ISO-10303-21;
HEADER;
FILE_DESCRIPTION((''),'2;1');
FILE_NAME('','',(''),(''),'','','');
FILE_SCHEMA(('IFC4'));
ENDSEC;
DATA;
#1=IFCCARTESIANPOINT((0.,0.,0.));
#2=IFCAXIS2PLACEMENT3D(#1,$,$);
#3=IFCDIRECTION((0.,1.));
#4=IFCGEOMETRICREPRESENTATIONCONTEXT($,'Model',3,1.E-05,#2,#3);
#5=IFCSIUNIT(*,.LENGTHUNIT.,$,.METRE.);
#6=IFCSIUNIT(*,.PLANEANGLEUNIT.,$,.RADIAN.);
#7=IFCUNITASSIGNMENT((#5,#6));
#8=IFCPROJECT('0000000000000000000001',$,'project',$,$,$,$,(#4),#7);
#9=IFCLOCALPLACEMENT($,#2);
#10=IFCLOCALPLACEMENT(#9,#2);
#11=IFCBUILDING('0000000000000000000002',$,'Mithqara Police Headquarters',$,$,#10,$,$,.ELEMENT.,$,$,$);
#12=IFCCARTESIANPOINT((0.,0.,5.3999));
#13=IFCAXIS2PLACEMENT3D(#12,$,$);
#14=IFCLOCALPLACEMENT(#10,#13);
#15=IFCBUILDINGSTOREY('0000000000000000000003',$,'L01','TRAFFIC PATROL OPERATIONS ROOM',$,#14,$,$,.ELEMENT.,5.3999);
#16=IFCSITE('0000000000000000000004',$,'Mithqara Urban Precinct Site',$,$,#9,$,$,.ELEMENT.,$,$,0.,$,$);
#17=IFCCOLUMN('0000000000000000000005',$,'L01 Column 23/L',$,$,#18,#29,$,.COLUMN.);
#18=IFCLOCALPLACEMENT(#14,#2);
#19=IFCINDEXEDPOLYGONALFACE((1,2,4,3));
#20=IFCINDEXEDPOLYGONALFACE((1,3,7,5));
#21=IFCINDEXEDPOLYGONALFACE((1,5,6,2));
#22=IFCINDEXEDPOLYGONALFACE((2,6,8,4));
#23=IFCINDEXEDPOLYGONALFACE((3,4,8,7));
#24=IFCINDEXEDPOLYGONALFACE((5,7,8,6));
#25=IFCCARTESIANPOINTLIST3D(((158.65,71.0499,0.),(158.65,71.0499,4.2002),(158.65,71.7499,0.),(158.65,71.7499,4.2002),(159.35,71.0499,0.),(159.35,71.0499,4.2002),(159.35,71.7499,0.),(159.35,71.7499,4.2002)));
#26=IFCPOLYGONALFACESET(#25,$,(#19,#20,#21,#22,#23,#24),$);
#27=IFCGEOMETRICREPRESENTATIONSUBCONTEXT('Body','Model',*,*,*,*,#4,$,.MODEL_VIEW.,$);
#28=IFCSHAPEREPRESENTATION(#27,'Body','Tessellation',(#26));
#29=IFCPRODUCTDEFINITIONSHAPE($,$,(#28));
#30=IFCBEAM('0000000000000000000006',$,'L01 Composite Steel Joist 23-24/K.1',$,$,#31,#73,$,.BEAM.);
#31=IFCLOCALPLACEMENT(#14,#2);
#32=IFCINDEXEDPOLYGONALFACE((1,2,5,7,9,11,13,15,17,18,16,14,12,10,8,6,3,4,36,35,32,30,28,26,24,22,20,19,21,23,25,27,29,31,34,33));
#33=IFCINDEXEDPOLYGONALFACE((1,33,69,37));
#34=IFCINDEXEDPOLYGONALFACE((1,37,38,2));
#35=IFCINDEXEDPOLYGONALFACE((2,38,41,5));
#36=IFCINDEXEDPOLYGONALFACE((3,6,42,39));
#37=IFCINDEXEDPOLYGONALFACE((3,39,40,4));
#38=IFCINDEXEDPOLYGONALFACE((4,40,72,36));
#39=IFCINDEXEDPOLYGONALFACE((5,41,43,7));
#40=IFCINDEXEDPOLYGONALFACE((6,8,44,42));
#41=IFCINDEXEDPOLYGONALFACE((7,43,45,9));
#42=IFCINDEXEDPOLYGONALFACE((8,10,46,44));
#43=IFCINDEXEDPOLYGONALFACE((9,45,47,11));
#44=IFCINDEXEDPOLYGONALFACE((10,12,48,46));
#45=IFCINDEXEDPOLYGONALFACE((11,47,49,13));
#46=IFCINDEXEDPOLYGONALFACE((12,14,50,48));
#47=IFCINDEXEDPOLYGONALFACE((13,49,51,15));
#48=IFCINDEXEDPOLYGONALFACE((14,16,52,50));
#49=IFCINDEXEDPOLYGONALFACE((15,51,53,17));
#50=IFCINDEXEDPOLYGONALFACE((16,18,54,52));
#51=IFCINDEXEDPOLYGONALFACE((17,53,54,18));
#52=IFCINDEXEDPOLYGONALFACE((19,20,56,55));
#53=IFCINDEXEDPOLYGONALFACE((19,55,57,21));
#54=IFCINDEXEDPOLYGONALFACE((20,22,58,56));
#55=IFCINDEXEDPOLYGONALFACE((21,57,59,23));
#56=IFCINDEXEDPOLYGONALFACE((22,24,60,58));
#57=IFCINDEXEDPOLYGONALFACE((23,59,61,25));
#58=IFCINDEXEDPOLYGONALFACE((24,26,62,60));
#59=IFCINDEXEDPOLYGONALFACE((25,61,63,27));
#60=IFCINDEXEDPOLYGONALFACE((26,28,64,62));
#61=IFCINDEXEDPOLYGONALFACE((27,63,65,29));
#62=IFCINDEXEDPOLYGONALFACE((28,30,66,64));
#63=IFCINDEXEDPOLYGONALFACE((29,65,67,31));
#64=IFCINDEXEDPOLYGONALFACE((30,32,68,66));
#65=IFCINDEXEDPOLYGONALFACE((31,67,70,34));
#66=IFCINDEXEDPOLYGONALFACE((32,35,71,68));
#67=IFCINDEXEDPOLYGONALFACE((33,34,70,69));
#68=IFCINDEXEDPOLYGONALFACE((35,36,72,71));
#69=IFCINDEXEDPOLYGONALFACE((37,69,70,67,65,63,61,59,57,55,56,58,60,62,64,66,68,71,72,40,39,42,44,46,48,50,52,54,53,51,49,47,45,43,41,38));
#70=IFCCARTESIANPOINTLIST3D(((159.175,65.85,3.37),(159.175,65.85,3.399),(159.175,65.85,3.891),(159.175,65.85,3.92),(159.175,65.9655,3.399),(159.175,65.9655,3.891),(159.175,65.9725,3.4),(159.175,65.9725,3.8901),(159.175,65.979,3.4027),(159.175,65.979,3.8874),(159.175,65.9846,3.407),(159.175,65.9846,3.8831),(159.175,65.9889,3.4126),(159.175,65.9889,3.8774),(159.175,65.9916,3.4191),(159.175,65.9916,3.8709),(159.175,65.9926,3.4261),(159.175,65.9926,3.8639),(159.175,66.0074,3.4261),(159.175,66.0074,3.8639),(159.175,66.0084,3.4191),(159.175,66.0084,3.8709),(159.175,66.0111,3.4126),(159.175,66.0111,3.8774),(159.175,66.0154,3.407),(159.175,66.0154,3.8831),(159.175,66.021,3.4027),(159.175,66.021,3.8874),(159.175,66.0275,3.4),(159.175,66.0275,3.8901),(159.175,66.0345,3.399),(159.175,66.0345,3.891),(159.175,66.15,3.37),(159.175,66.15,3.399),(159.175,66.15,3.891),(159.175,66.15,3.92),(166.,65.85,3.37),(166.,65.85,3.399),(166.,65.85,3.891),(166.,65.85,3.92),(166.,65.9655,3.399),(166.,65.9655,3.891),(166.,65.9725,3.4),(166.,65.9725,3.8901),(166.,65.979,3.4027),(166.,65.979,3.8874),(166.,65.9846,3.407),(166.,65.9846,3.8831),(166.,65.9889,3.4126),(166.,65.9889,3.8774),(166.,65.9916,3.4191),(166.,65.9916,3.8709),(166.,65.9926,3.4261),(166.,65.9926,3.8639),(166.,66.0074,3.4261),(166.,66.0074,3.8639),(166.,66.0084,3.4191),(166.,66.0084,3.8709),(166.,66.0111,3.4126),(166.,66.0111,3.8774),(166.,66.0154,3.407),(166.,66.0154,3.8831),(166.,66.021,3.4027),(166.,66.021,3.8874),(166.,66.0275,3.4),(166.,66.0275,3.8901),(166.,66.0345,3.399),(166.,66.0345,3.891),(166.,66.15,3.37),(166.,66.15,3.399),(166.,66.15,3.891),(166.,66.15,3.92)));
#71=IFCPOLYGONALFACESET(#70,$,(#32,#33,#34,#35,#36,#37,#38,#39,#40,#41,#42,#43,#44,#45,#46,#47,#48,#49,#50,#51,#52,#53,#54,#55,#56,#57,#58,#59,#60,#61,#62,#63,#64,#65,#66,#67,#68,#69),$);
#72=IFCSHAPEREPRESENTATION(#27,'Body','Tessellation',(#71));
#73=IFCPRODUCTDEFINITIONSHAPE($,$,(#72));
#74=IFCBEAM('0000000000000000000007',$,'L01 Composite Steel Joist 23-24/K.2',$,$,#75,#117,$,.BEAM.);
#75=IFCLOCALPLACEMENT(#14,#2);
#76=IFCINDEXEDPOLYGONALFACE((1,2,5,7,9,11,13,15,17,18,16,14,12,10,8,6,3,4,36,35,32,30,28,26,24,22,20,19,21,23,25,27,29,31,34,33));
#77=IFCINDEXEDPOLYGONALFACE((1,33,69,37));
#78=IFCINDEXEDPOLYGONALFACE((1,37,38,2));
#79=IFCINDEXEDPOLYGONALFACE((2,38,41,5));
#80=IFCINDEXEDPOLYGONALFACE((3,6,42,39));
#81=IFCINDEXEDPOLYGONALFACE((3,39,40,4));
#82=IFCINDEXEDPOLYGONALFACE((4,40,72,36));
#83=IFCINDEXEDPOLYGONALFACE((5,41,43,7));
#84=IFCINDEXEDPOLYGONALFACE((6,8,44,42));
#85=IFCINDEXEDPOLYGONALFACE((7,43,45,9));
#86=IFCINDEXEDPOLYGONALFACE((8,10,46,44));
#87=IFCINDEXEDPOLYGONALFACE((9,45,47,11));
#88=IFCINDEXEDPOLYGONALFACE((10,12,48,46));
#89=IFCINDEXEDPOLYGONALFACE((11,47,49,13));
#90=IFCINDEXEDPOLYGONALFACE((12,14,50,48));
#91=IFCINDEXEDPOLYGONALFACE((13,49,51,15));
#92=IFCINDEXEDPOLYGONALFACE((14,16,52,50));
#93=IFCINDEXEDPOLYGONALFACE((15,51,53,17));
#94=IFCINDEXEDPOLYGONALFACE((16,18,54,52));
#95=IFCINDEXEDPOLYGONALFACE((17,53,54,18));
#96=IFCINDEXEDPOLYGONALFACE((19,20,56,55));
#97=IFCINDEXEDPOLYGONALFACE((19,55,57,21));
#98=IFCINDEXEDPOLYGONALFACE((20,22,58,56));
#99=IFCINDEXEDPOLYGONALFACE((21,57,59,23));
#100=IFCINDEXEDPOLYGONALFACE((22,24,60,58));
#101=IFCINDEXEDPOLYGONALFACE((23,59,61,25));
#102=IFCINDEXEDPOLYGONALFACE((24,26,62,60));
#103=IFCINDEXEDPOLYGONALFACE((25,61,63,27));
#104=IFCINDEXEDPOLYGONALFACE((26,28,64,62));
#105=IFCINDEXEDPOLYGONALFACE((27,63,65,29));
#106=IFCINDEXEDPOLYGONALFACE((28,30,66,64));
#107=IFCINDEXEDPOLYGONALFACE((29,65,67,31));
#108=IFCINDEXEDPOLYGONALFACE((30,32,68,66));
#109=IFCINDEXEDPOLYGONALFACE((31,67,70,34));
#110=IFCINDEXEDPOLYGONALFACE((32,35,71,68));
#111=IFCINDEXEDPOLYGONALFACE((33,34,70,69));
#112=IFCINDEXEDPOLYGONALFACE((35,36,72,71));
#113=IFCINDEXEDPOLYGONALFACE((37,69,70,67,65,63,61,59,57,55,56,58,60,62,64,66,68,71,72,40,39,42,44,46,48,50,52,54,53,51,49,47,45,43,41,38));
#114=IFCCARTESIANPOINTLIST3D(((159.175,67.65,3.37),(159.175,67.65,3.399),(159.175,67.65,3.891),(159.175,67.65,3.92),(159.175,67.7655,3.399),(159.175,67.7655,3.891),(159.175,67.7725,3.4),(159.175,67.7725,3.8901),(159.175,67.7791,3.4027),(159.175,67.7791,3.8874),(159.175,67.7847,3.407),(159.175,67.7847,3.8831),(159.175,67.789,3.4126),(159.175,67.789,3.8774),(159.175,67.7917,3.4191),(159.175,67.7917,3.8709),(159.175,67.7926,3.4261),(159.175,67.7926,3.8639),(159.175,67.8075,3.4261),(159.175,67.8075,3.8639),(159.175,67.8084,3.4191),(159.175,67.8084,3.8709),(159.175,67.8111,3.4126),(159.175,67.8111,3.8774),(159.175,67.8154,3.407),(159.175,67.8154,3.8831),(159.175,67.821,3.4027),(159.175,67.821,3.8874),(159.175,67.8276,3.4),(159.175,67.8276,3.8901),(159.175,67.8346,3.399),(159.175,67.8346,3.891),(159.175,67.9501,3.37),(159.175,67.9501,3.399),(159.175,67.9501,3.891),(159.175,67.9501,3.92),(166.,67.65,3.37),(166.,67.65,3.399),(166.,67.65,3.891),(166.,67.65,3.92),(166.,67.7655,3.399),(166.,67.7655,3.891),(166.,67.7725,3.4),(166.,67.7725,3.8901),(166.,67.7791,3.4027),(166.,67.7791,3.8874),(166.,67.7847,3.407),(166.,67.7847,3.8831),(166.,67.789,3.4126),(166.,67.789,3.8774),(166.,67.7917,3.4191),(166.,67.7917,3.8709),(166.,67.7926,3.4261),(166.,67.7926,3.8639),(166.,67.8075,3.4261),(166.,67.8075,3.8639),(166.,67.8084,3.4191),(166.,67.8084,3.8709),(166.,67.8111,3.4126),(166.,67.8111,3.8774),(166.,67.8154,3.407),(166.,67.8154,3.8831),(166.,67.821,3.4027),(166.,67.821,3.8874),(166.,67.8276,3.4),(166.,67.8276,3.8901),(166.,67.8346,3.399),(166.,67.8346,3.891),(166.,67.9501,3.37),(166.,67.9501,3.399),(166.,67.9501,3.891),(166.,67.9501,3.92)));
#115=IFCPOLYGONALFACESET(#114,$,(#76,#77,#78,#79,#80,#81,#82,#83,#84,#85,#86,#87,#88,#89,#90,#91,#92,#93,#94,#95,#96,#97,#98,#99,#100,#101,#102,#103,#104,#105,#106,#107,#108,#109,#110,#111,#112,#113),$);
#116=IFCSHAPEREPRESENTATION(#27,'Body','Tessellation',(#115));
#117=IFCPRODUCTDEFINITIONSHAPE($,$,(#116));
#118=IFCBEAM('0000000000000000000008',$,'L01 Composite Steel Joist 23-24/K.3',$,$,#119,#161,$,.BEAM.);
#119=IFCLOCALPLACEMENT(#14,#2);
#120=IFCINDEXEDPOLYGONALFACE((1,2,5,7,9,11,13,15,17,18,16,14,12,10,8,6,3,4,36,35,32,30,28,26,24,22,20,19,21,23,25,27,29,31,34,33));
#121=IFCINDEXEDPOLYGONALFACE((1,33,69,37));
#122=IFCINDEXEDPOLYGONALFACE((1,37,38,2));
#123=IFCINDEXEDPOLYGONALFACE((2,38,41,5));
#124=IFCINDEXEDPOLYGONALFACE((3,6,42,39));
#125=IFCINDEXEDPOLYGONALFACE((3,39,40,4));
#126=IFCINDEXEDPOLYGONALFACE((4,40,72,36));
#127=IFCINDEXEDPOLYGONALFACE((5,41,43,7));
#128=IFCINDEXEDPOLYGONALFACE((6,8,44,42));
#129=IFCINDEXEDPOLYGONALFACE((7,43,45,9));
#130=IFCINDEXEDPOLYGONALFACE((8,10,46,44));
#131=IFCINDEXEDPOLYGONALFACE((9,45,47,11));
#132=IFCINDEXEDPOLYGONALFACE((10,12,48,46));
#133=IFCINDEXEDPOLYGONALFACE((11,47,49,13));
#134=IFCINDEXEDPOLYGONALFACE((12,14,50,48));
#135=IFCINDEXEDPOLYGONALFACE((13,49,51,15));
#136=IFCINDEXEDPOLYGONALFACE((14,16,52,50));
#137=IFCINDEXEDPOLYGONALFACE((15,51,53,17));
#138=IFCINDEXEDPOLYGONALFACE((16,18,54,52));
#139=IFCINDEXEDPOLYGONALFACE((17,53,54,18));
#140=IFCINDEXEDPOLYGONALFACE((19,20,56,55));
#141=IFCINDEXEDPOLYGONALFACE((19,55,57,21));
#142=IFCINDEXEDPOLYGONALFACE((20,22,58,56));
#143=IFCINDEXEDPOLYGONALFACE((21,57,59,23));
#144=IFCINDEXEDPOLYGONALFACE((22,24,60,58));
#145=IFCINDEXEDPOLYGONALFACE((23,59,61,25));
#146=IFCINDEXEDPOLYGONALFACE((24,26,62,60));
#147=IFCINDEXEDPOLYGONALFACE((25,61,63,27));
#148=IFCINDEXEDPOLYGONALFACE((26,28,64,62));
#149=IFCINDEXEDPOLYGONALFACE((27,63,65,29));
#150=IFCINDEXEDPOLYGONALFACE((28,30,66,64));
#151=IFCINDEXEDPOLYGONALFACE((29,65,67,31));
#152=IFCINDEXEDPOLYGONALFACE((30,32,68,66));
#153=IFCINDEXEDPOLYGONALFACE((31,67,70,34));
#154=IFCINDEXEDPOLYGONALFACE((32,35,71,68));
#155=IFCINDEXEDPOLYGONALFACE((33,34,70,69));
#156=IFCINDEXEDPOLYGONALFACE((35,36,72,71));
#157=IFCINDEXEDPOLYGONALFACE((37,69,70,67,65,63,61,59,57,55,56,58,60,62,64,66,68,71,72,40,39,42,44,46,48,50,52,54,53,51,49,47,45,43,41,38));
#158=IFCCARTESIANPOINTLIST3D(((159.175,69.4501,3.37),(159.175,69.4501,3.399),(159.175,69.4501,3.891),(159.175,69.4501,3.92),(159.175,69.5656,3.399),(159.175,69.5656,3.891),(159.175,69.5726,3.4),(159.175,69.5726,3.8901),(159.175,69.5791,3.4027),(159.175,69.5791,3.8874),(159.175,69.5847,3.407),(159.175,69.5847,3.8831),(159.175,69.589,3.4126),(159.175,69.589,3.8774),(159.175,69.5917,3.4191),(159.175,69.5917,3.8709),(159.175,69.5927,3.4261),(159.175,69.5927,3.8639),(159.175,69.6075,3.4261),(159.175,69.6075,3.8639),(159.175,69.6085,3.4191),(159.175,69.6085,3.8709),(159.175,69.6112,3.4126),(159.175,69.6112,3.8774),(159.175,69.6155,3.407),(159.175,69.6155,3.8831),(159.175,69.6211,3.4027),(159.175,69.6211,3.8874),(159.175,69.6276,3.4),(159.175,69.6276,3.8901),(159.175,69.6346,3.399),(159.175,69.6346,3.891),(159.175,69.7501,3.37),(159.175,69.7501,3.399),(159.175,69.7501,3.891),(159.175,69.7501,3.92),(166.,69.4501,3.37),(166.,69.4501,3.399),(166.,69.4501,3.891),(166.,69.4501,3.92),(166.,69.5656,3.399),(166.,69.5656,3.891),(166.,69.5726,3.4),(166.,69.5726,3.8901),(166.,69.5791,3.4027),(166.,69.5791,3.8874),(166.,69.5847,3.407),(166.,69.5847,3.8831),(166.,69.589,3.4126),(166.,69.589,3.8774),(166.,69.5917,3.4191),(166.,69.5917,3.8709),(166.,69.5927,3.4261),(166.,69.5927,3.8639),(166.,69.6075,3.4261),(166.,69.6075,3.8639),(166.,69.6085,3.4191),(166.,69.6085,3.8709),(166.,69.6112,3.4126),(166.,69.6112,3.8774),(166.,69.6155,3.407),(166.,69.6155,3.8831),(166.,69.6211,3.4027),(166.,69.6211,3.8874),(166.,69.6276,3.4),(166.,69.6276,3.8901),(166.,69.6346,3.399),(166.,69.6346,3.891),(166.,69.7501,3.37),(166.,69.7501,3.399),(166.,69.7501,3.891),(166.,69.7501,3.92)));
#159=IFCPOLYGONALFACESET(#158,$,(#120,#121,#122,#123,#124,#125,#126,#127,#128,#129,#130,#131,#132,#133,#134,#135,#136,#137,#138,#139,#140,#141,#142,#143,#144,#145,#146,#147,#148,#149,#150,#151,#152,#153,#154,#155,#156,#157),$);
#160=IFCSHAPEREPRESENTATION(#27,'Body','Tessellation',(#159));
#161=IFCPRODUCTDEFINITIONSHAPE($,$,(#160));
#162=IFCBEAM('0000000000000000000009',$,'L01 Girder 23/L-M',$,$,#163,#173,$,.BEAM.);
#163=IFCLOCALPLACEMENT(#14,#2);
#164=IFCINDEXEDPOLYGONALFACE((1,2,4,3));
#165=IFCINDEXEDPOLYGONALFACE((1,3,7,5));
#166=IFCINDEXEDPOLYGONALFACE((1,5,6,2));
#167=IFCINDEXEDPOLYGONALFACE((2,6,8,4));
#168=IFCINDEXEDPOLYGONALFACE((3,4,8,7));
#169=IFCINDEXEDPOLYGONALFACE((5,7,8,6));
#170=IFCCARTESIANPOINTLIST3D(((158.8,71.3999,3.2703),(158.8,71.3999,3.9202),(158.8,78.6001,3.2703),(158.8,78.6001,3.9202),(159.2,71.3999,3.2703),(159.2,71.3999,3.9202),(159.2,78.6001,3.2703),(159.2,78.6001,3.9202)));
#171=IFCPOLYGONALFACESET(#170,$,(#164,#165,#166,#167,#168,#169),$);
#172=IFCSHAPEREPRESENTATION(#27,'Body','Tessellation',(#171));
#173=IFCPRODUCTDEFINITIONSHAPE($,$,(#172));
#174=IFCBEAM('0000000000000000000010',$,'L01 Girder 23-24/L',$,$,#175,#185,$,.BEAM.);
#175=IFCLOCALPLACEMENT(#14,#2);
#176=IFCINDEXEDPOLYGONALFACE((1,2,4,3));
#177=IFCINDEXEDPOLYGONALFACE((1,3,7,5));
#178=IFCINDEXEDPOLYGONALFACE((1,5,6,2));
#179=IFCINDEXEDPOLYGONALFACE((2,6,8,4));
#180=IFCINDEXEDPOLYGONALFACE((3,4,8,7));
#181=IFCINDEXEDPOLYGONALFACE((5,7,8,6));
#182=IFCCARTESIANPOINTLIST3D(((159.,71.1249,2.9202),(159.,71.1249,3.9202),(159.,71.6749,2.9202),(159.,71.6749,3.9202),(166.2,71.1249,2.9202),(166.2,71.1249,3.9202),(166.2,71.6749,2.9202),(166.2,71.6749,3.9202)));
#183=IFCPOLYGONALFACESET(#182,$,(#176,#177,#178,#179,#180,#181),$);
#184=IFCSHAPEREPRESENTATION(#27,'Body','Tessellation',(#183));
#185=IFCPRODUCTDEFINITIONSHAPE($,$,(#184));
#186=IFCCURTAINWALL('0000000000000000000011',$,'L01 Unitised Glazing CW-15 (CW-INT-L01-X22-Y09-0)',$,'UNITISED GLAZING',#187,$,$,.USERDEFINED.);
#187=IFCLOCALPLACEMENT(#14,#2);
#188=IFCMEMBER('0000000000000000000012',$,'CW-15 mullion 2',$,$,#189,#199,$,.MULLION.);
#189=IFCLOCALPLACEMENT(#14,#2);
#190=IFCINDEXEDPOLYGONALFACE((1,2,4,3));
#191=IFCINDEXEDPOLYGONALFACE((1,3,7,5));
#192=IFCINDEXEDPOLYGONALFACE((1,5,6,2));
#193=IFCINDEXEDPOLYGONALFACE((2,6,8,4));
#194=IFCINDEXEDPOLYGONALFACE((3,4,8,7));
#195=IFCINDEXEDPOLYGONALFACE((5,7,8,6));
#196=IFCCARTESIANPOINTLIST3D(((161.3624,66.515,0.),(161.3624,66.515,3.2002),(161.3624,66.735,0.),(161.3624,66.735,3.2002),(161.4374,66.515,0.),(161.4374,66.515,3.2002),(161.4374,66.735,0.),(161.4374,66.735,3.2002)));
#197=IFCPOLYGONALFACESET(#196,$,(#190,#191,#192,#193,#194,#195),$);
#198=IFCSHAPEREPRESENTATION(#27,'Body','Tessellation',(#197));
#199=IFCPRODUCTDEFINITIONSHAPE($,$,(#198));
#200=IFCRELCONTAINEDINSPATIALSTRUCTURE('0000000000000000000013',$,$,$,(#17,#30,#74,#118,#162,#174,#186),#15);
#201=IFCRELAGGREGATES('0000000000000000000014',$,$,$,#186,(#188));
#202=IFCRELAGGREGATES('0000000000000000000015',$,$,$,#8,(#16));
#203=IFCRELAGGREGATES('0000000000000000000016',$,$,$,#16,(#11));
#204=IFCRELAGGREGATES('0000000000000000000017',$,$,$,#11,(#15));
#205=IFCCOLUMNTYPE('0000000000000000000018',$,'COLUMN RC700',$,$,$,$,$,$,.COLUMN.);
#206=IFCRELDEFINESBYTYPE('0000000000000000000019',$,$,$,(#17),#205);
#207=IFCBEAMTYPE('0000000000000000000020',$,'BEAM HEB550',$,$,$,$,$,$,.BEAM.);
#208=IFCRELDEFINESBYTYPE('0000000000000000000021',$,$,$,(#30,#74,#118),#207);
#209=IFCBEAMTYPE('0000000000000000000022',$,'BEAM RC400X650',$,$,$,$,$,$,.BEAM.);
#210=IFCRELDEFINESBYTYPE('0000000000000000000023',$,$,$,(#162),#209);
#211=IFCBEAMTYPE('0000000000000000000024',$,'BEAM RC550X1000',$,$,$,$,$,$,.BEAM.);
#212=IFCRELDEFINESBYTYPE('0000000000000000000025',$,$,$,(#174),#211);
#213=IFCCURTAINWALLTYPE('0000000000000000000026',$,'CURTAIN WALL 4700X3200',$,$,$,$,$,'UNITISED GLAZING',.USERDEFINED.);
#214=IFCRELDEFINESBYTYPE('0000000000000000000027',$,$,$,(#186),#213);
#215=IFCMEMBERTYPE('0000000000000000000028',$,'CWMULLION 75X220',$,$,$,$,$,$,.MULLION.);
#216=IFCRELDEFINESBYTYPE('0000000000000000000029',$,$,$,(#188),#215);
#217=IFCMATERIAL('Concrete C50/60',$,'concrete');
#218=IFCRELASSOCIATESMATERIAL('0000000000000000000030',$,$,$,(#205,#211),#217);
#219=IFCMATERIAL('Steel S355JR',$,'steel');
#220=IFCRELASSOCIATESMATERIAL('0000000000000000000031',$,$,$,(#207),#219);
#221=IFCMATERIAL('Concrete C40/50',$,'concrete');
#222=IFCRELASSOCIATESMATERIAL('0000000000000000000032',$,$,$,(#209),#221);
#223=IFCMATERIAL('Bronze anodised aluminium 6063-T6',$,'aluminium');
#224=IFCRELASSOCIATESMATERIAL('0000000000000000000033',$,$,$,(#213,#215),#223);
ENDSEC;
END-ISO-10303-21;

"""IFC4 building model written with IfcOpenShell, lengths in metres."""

from ifc_helpers import new_model, si_unit, direction, frame, origin, origin_2d, place, context, subcontext, project, spatial, rectangle, i_section, extrude, material, material_profile, profile_set, type_object, element, aggregate, save


model = new_model("IFC4")

# Units and contexts
model_context = context("Model", 3, precision=1e-05, world=origin(), true_north=direction((0.0, 1.0)))
body_context = subcontext(model_context, "Body", "Model", "MODEL_VIEW")
ifc_project = project(units=[si_unit("LENGTHUNIT", "METRE"), si_unit("PLANEANGLEUNIT", "RADIAN")], contexts=[model_context])

# Site, building, storey
site_placement = place(None, origin())
site = spatial("IfcSite", under=ifc_project, at=site_placement, Name="Mithqara Urban Precinct Site", CompositionType="ELEMENT", RefElevation=0.0)
building_placement = place(site_placement, origin())
building = spatial("IfcBuilding", under=site, at=building_placement, Name="Mithqara Police Headquarters", CompositionType="ELEMENT")
storey_placement = place(building_placement, frame((0.0, 0.0, 5.3999)))
storey = spatial("IfcBuildingStorey", under=building, at=storey_placement, Name="L01", Description="TRAFFIC PATROL OPERATIONS ROOM", CompositionType="ELEMENT", Elevation=5.3999)

# Column
ifc_material_1 = material(Name="Concrete C50/60", Category="concrete")
ifc_material_profile_1 = material_profile(ifc_material_1, rectangle(XDim=0.7, YDim=0.7, at=origin_2d()), Name="RC 700x700")
ifc_profile_set_1 = profile_set([ifc_material_profile_1], Name="Concrete C50/60")
column_type = type_object("IfcColumnType", Name="COLUMN RC700", PredefinedType="COLUMN", material=ifc_profile_set_1)
column_placement = place(storey_placement, frame((159.0, 71.3999, 0.0), z_axis=(0.0, 0.0, 1.0), x_axis=(1.0, 0.0, 0.0)))
element("IfcColumn", 1, at=column_placement, inside=storey, type_object=column_type, Name="L01 Column 23/L", PredefinedType="COLUMN", context=body_context, shape_type="SweptSolid", body=[
    extrude(rectangle(XDim=0.7, YDim=0.7, at=origin_2d()), origin(), (0.0, 0.0, 1.0), 4.2002),
])

# Beams
ifc_material_2 = material(Name="Steel S355JR", Category="steel")
ifc_material_profile_2 = material_profile(ifc_material_2, i_section(OverallWidth=0.3, OverallDepth=0.55, WebThickness=0.0149, FlangeThickness=0.0291, FilletRadius=0.0271, at=origin_2d()), Name="HEB 550")
ifc_profile_set_2 = profile_set([ifc_material_profile_2], Name="Steel S355JR")
beam_type_1 = type_object("IfcBeamType", Name="BEAM HEB550", PredefinedType="BEAM", material=ifc_profile_set_2)
for number, where, z_axis, x_axis, name in (
    (2, (159.175, 66.0, 3.645), (1.0, 0.0, 0.0), (0.0, 1.0, 0.0), "L01 Composite Steel Joist 23-24/K.1"),
    (3, (159.175, 67.8, 3.645), (1.0, 0.0, 0.0), (0.0, 1.0, 0.0), "L01 Composite Steel Joist 23-24/K.2"),
    (4, (159.175, 69.6001, 3.645), (1.0, 0.0, 0.0), (0.0, 1.0, 0.0), "L01 Composite Steel Joist 23-24/K.3"),
):
    element("IfcBeam", number, at=place(storey_placement, frame(where, z_axis=z_axis, x_axis=x_axis)), inside=storey, type_object=beam_type_1, Name=name, PredefinedType="BEAM", context=body_context, shape_type="SweptSolid", body=[
        extrude(i_section(OverallWidth=0.3, OverallDepth=0.55, WebThickness=0.0149, FlangeThickness=0.0291, FilletRadius=0.0271, at=origin_2d()), origin(), (0.0, 0.0, 1.0), 6.825),
    ])
ifc_material_3 = material(Name="Concrete C40/50", Category="concrete")
ifc_material_profile_3 = material_profile(ifc_material_3, rectangle(XDim=0.3999, YDim=0.6499, at=origin_2d()), Name="RC 400x650")
ifc_profile_set_3 = profile_set([ifc_material_profile_3], Name="Concrete C40/50")
beam_type_2 = type_object("IfcBeamType", Name="BEAM RC400X650", PredefinedType="BEAM", material=ifc_profile_set_3)
beam_1_placement = place(storey_placement, frame((159.0, 71.3999, 3.5952), z_axis=(0.0, 1.0, 0.0), x_axis=(-1.0, 0.0, 0.0)))
element("IfcBeam", 5, at=beam_1_placement, inside=storey, type_object=beam_type_2, Name="L01 Girder 23/L-M", PredefinedType="BEAM", context=body_context, shape_type="SweptSolid", body=[
    extrude(rectangle(XDim=0.3999, YDim=0.6499, at=origin_2d()), origin(), (0.0, 0.0, 1.0), 7.2002),
])
ifc_material_profile_4 = material_profile(ifc_material_1, rectangle(XDim=0.55, YDim=1.0, at=origin_2d()), Name="RC 550x1000")
ifc_profile_set_4 = profile_set([ifc_material_profile_4], Name="Concrete C50/60")
beam_type_3 = type_object("IfcBeamType", Name="BEAM RC550X1000", PredefinedType="BEAM", material=ifc_profile_set_4)
beam_2_placement = place(storey_placement, frame((159.0, 71.3999, 3.4202), z_axis=(1.0, 0.0, 0.0), x_axis=(0.0, 1.0, 0.0)))
element("IfcBeam", 6, at=beam_2_placement, inside=storey, type_object=beam_type_3, Name="L01 Girder 23-24/L", PredefinedType="BEAM", context=body_context, shape_type="SweptSolid", body=[
    extrude(rectangle(XDim=0.55, YDim=1.0, at=origin_2d()), origin(), (0.0, 0.0, 1.0), 7.2),
])

# Curtain wall, member
ifc_material_4 = material(Name="Bronze anodised aluminium 6063-T6", Category="aluminium")
curtain_wall_type = type_object("IfcCurtainWallType", Name="CURTAIN WALL 4700X3200", ElementType="UNITISED GLAZING", PredefinedType="USERDEFINED", material=ifc_material_4)
curtain_wall_1_placement = place(storey_placement, origin())
curtain_wall_1 = element("IfcCurtainWall", 7, at=curtain_wall_1_placement, inside=storey, type_object=curtain_wall_type, Name="L01 Unitised Glazing CW-15 (CW-INT-L01-X22-Y09-0)", ObjectType="UNITISED GLAZING", PredefinedType="USERDEFINED")
ifc_material_profile_5 = material_profile(ifc_material_4, rectangle(XDim=0.075, YDim=0.22, at=origin_2d()), Name="CWM 75x220")
ifc_profile_set_5 = profile_set([ifc_material_profile_5], Name="Bronze anodised aluminium 6063-T6")
member_type_1 = type_object("IfcMemberType", Name="CWMULLION 75X220", PredefinedType="MULLION", material=ifc_profile_set_5)
member_1_placement = place(storey_placement, frame((161.3999, 66.625, 0.0), z_axis=(0.0, 0.0, 1.0), x_axis=(-1.0, 0.0, 0.0)))
member_1 = element("IfcMember", 8, at=member_1_placement, type_object=member_type_1, Name="CW-15 mullion 2", PredefinedType="MULLION", context=body_context, shape_type="SweptSolid", body=[
    extrude(rectangle(XDim=0.075, YDim=0.22, at=origin_2d()), origin(), (0.0, 0.0, 1.0), 3.2002),
])

aggregate(curtain_wall_1, [member_1])

save(model, "model.ifc")
